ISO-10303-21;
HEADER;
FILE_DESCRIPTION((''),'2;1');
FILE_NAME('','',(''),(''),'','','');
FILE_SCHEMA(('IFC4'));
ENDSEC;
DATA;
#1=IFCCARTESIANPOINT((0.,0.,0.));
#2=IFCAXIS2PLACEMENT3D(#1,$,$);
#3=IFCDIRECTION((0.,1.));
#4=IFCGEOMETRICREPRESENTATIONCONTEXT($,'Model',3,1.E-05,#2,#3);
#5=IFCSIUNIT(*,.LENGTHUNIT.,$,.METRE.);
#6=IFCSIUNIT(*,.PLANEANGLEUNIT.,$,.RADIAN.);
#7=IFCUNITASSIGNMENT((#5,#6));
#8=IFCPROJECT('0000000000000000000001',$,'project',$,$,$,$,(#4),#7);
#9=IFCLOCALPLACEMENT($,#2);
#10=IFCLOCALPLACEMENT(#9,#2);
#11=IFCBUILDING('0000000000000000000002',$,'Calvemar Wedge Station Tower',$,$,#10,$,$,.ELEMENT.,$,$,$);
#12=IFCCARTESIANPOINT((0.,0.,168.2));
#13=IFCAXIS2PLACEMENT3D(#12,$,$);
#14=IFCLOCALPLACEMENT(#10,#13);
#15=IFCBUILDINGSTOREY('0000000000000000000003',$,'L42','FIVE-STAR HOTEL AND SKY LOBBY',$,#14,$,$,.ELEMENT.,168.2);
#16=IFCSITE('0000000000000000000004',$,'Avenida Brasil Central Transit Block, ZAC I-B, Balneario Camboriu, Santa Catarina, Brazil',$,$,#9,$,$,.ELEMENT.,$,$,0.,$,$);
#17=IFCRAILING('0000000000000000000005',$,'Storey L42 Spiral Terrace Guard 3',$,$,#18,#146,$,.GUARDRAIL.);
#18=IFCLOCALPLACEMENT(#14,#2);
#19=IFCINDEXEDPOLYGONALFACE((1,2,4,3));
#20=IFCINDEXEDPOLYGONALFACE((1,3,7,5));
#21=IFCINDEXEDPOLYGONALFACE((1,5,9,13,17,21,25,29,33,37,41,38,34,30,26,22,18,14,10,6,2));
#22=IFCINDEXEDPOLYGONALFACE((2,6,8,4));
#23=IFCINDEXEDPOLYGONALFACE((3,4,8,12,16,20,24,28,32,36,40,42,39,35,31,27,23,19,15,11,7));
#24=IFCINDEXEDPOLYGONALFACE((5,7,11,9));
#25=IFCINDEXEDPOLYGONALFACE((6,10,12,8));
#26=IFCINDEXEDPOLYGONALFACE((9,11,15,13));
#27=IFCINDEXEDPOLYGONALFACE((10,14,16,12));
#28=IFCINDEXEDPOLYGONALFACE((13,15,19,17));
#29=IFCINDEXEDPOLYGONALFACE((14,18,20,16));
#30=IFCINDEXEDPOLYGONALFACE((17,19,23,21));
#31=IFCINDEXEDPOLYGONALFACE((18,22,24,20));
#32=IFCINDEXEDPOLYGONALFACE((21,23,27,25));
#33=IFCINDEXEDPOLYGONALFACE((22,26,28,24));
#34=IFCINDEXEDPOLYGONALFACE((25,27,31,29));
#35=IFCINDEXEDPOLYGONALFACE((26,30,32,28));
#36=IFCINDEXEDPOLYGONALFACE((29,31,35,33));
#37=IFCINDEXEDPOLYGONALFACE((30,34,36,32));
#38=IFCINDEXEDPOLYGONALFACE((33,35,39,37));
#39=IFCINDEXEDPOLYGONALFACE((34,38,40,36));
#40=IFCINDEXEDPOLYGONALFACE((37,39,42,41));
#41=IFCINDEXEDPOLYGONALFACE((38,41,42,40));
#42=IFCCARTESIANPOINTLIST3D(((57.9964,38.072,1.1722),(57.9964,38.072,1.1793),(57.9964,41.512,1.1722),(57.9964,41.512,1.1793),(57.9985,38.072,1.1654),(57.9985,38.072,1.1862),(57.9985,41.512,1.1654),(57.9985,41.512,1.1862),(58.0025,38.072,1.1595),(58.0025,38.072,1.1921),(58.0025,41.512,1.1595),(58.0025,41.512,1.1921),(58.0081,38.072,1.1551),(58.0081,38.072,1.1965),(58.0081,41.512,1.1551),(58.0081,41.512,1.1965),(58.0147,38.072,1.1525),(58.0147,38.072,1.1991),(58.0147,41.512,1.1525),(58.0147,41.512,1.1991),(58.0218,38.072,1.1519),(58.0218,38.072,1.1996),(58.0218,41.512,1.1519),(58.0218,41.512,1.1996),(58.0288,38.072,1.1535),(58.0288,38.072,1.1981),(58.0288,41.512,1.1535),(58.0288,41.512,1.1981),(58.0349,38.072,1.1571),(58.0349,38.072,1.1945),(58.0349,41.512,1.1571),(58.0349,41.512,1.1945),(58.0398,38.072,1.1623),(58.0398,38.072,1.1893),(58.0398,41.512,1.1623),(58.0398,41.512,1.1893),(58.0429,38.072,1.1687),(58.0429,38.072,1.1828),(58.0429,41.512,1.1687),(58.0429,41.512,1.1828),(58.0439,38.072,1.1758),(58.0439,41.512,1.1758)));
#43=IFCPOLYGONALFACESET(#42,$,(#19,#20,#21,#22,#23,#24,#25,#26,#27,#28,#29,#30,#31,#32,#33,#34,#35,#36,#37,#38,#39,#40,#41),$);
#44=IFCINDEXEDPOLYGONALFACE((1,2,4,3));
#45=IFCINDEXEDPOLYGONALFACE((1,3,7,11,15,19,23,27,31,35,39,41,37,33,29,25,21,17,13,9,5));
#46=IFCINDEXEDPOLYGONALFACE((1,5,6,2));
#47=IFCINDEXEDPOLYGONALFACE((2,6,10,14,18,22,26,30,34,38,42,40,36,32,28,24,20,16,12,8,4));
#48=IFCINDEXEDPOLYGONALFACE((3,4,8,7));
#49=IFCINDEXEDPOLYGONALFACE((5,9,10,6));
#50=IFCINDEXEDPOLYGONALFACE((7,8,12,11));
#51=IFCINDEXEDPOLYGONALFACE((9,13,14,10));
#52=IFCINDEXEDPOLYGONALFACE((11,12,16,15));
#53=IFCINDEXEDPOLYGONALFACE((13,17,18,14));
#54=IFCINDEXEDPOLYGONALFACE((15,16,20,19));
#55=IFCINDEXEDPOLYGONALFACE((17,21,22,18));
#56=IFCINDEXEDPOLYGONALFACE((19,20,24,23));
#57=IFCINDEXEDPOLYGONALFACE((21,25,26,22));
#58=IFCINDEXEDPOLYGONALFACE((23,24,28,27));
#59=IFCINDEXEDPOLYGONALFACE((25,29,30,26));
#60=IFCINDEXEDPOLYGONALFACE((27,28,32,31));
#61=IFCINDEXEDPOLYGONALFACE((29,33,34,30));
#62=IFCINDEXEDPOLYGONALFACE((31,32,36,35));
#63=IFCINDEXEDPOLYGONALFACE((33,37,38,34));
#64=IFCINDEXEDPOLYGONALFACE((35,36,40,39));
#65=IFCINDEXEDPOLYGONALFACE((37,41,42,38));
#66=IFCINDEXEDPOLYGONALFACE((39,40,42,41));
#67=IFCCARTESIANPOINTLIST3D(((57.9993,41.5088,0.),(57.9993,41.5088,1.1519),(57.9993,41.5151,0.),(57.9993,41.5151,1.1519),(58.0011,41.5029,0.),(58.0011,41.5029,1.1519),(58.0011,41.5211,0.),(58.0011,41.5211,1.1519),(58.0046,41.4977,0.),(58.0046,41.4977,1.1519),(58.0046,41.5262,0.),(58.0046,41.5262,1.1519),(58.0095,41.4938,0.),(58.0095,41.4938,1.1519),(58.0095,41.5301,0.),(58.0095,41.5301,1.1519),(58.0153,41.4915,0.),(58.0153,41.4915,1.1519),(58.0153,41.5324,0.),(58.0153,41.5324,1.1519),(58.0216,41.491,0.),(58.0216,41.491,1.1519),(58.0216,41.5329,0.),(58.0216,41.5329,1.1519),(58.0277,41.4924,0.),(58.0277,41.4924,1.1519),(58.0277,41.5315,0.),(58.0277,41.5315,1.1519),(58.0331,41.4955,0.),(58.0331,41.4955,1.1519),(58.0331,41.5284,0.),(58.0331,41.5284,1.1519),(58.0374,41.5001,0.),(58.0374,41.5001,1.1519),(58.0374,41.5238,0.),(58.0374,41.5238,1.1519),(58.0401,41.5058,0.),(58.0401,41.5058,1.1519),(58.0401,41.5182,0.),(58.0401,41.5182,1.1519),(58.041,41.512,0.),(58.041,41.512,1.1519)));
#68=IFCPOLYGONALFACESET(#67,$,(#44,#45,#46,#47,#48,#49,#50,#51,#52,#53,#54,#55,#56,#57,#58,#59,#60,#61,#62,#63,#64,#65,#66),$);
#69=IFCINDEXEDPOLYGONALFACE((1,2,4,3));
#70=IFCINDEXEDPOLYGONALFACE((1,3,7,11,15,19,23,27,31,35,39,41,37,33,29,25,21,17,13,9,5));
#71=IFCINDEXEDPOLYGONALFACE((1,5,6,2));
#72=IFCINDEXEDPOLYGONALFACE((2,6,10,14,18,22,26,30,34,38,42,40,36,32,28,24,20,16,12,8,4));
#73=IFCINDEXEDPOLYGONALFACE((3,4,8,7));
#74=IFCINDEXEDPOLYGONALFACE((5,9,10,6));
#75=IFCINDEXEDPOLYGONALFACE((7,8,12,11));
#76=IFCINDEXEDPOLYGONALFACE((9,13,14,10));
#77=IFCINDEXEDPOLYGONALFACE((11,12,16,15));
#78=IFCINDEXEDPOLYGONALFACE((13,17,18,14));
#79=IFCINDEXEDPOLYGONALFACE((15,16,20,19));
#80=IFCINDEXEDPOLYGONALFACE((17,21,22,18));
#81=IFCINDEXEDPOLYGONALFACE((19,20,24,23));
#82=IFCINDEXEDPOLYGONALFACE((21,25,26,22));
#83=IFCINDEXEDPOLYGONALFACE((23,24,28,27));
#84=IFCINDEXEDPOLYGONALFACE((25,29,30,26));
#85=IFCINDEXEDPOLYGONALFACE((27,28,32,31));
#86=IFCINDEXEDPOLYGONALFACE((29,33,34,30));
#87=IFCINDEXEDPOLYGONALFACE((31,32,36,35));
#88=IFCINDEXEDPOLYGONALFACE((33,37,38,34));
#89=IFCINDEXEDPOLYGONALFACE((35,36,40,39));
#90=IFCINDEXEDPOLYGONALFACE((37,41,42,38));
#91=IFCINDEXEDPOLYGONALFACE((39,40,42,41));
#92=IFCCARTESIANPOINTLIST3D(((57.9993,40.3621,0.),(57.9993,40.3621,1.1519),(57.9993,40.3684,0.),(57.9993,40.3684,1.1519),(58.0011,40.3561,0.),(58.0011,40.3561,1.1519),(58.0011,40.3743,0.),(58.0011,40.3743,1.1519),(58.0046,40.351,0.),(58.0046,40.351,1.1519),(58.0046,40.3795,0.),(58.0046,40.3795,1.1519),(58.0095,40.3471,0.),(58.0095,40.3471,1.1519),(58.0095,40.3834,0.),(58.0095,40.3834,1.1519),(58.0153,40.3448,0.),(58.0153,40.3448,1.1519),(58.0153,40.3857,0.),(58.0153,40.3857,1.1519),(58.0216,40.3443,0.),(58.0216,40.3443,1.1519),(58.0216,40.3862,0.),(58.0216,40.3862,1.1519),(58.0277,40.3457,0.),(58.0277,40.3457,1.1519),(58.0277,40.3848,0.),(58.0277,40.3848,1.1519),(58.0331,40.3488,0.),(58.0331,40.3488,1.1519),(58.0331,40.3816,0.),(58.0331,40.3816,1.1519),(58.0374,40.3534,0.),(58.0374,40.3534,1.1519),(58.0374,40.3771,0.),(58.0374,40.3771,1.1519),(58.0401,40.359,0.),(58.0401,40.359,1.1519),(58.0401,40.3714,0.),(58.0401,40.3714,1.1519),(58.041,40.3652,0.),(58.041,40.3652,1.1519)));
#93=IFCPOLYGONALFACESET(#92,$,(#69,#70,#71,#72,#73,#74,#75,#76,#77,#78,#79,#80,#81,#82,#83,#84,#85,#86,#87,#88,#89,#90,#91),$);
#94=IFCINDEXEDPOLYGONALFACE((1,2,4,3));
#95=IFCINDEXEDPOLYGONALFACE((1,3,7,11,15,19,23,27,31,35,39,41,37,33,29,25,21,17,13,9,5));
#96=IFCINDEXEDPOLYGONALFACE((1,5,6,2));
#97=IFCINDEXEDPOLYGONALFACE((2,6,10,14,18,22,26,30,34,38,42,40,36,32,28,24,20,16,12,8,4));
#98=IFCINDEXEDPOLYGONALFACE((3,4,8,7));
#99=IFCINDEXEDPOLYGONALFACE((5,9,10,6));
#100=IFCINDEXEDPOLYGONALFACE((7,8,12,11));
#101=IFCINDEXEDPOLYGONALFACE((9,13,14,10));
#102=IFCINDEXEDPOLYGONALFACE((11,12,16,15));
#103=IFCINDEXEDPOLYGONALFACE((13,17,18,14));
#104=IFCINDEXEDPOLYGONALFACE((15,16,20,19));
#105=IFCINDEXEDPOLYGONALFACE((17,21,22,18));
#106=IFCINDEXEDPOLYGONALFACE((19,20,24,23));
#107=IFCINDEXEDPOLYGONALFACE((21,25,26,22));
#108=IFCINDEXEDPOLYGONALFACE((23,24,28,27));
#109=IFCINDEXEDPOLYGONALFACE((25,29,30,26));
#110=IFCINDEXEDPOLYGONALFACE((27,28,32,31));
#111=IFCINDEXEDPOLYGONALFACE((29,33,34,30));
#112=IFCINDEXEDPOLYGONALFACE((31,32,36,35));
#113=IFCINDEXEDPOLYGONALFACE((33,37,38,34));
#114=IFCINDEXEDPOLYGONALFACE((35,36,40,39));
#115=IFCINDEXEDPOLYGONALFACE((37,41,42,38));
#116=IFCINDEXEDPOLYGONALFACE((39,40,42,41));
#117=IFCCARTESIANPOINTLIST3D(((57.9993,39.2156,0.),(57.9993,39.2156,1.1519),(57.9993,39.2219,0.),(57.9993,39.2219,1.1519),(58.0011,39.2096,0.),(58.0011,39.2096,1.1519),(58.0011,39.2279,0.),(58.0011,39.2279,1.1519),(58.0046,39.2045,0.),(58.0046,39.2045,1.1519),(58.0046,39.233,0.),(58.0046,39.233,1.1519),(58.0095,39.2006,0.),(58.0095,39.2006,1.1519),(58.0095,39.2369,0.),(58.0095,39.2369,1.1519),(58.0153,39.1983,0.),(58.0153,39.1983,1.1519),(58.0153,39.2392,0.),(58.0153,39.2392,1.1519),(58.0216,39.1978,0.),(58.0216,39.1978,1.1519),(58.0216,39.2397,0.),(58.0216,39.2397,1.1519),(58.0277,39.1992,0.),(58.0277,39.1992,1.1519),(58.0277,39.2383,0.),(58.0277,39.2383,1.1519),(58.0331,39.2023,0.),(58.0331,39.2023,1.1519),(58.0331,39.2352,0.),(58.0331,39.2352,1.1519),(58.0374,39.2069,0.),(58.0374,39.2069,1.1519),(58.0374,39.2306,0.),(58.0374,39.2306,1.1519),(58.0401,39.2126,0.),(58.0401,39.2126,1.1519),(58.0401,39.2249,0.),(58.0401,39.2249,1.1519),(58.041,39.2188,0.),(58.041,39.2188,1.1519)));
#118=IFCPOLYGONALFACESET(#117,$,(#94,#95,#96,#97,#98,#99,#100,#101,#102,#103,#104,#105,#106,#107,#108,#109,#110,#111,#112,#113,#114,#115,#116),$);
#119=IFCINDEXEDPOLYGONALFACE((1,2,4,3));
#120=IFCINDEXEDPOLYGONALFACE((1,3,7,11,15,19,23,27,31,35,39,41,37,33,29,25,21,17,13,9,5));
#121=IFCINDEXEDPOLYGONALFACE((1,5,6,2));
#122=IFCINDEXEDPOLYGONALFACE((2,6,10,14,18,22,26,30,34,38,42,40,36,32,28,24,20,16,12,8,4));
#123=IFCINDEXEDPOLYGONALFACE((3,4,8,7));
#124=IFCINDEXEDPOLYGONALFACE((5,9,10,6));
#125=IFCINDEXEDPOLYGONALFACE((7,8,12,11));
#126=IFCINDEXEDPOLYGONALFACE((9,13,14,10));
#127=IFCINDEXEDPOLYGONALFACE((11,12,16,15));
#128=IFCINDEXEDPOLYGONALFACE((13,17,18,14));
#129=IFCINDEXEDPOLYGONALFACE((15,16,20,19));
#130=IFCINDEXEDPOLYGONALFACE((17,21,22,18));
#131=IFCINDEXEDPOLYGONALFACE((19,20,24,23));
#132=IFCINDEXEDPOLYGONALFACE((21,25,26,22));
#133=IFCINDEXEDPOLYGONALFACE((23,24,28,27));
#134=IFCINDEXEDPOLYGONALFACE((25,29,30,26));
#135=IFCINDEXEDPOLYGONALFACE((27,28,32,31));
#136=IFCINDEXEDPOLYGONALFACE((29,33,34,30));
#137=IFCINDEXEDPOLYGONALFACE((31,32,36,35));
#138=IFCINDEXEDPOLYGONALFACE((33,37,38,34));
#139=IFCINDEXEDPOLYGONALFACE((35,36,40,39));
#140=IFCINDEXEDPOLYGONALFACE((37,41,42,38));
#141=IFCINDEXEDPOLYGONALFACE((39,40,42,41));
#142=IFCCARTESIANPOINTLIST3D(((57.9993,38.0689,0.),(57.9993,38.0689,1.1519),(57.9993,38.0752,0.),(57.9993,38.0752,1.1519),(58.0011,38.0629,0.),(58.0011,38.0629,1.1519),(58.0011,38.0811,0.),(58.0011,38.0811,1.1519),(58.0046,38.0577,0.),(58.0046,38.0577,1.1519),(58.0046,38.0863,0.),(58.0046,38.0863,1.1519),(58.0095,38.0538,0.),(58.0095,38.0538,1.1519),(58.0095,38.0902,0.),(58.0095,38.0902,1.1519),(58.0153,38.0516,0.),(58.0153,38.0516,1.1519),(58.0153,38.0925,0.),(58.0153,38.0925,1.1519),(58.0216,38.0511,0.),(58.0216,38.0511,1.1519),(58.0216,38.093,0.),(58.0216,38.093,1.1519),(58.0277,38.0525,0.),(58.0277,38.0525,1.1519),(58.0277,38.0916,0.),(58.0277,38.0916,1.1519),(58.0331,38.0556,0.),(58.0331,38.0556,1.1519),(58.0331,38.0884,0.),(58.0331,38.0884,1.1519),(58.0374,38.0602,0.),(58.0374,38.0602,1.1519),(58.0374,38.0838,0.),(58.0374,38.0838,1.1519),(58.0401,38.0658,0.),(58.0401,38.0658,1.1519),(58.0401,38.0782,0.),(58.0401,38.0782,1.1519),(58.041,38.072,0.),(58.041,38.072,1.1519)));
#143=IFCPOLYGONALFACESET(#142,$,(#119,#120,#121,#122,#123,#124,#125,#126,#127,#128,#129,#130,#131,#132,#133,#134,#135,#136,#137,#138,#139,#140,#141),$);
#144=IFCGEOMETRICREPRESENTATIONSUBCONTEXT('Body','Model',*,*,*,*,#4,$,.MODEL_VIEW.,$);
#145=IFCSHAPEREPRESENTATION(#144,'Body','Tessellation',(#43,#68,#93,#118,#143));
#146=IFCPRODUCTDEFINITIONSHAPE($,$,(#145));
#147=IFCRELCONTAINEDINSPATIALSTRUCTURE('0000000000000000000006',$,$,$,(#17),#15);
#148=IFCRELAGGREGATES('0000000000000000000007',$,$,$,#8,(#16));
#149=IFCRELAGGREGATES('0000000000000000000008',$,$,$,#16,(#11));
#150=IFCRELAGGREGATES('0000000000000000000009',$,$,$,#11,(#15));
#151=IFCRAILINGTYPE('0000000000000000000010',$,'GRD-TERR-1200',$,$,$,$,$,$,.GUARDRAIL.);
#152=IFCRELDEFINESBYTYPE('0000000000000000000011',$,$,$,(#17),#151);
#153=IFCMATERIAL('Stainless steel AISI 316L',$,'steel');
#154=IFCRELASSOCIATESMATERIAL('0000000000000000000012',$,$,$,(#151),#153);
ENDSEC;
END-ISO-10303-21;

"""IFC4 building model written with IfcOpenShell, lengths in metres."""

from ifc_helpers import new_model, si_unit, direction, frame, origin, origin_2d, place, context, subcontext, project, spatial, circle, extrude, material, type_object, element, save


model = new_model("IFC4")

# Units and contexts
model_context = context("Model", 3, precision=1e-05, world=origin(), true_north=direction((0.0, 1.0)))
body_context = subcontext(model_context, "Body", "Model", "MODEL_VIEW")
ifc_project = project(units=[si_unit("LENGTHUNIT", "METRE"), si_unit("PLANEANGLEUNIT", "RADIAN")], contexts=[model_context])

# Site, building, storey
site_placement = place(None, origin())
site = spatial("IfcSite", under=ifc_project, at=site_placement, Name="Avenida Brasil Central Transit Block, ZAC I-B, Balneario Camboriu, Santa Catarina, Brazil", CompositionType="ELEMENT", RefElevation=0.0)
building_placement = place(site_placement, origin())
building = spatial("IfcBuilding", under=site, at=building_placement, Name="Calvemar Wedge Station Tower", CompositionType="ELEMENT")
storey_placement = place(building_placement, frame((0.0, 0.0, 168.2)))
storey = spatial("IfcBuildingStorey", under=building, at=storey_placement, Name="L42", Description="FIVE-STAR HOTEL AND SKY LOBBY", CompositionType="ELEMENT", Elevation=168.2)

# Railing
ifc_material_1 = material(Name="Stainless steel AISI 316L", Category="steel")
railing_type = type_object("IfcRailingType", Name="GRD-TERR-1200", PredefinedType="GUARDRAIL", material=ifc_material_1)
railing_1_placement = place(storey_placement, frame((58.02, 41.512, 0.0)))
element("IfcRailing", 1, at=railing_1_placement, inside=storey, type_object=railing_type, Name="Storey L42 Spiral Terrace Guard 3", PredefinedType="GUARDRAIL", context=body_context, shape_type="SweptSolid", body=[
    extrude(circle(Radius=0.0239, at=origin_2d()), frame((0.0, 0.0, 1.1758), z_axis=(0.0, -1.0, 0.0), x_axis=(1.0, 0.0, 0.0)), (0.0, 0.0, 1.0), 3.4399),
    extrude(circle(Radius=0.021, at=origin_2d()), origin(), (0.0, 0.0, 1.0), 1.1519),
    extrude(circle(Radius=0.021, at=origin_2d()), frame((0.0, -1.1467, 0.0)), (0.0, 0.0, 1.0), 1.1519),
    extrude(circle(Radius=0.021, at=origin_2d()), frame((0.0, -2.2932, 0.0)), (0.0, 0.0, 1.0), 1.1519),
    extrude(circle(Radius=0.021, at=origin_2d()), frame((0.0, -3.4399, 0.0)), (0.0, 0.0, 1.0), 1.1519),
])

save(model, "model.ifc")
